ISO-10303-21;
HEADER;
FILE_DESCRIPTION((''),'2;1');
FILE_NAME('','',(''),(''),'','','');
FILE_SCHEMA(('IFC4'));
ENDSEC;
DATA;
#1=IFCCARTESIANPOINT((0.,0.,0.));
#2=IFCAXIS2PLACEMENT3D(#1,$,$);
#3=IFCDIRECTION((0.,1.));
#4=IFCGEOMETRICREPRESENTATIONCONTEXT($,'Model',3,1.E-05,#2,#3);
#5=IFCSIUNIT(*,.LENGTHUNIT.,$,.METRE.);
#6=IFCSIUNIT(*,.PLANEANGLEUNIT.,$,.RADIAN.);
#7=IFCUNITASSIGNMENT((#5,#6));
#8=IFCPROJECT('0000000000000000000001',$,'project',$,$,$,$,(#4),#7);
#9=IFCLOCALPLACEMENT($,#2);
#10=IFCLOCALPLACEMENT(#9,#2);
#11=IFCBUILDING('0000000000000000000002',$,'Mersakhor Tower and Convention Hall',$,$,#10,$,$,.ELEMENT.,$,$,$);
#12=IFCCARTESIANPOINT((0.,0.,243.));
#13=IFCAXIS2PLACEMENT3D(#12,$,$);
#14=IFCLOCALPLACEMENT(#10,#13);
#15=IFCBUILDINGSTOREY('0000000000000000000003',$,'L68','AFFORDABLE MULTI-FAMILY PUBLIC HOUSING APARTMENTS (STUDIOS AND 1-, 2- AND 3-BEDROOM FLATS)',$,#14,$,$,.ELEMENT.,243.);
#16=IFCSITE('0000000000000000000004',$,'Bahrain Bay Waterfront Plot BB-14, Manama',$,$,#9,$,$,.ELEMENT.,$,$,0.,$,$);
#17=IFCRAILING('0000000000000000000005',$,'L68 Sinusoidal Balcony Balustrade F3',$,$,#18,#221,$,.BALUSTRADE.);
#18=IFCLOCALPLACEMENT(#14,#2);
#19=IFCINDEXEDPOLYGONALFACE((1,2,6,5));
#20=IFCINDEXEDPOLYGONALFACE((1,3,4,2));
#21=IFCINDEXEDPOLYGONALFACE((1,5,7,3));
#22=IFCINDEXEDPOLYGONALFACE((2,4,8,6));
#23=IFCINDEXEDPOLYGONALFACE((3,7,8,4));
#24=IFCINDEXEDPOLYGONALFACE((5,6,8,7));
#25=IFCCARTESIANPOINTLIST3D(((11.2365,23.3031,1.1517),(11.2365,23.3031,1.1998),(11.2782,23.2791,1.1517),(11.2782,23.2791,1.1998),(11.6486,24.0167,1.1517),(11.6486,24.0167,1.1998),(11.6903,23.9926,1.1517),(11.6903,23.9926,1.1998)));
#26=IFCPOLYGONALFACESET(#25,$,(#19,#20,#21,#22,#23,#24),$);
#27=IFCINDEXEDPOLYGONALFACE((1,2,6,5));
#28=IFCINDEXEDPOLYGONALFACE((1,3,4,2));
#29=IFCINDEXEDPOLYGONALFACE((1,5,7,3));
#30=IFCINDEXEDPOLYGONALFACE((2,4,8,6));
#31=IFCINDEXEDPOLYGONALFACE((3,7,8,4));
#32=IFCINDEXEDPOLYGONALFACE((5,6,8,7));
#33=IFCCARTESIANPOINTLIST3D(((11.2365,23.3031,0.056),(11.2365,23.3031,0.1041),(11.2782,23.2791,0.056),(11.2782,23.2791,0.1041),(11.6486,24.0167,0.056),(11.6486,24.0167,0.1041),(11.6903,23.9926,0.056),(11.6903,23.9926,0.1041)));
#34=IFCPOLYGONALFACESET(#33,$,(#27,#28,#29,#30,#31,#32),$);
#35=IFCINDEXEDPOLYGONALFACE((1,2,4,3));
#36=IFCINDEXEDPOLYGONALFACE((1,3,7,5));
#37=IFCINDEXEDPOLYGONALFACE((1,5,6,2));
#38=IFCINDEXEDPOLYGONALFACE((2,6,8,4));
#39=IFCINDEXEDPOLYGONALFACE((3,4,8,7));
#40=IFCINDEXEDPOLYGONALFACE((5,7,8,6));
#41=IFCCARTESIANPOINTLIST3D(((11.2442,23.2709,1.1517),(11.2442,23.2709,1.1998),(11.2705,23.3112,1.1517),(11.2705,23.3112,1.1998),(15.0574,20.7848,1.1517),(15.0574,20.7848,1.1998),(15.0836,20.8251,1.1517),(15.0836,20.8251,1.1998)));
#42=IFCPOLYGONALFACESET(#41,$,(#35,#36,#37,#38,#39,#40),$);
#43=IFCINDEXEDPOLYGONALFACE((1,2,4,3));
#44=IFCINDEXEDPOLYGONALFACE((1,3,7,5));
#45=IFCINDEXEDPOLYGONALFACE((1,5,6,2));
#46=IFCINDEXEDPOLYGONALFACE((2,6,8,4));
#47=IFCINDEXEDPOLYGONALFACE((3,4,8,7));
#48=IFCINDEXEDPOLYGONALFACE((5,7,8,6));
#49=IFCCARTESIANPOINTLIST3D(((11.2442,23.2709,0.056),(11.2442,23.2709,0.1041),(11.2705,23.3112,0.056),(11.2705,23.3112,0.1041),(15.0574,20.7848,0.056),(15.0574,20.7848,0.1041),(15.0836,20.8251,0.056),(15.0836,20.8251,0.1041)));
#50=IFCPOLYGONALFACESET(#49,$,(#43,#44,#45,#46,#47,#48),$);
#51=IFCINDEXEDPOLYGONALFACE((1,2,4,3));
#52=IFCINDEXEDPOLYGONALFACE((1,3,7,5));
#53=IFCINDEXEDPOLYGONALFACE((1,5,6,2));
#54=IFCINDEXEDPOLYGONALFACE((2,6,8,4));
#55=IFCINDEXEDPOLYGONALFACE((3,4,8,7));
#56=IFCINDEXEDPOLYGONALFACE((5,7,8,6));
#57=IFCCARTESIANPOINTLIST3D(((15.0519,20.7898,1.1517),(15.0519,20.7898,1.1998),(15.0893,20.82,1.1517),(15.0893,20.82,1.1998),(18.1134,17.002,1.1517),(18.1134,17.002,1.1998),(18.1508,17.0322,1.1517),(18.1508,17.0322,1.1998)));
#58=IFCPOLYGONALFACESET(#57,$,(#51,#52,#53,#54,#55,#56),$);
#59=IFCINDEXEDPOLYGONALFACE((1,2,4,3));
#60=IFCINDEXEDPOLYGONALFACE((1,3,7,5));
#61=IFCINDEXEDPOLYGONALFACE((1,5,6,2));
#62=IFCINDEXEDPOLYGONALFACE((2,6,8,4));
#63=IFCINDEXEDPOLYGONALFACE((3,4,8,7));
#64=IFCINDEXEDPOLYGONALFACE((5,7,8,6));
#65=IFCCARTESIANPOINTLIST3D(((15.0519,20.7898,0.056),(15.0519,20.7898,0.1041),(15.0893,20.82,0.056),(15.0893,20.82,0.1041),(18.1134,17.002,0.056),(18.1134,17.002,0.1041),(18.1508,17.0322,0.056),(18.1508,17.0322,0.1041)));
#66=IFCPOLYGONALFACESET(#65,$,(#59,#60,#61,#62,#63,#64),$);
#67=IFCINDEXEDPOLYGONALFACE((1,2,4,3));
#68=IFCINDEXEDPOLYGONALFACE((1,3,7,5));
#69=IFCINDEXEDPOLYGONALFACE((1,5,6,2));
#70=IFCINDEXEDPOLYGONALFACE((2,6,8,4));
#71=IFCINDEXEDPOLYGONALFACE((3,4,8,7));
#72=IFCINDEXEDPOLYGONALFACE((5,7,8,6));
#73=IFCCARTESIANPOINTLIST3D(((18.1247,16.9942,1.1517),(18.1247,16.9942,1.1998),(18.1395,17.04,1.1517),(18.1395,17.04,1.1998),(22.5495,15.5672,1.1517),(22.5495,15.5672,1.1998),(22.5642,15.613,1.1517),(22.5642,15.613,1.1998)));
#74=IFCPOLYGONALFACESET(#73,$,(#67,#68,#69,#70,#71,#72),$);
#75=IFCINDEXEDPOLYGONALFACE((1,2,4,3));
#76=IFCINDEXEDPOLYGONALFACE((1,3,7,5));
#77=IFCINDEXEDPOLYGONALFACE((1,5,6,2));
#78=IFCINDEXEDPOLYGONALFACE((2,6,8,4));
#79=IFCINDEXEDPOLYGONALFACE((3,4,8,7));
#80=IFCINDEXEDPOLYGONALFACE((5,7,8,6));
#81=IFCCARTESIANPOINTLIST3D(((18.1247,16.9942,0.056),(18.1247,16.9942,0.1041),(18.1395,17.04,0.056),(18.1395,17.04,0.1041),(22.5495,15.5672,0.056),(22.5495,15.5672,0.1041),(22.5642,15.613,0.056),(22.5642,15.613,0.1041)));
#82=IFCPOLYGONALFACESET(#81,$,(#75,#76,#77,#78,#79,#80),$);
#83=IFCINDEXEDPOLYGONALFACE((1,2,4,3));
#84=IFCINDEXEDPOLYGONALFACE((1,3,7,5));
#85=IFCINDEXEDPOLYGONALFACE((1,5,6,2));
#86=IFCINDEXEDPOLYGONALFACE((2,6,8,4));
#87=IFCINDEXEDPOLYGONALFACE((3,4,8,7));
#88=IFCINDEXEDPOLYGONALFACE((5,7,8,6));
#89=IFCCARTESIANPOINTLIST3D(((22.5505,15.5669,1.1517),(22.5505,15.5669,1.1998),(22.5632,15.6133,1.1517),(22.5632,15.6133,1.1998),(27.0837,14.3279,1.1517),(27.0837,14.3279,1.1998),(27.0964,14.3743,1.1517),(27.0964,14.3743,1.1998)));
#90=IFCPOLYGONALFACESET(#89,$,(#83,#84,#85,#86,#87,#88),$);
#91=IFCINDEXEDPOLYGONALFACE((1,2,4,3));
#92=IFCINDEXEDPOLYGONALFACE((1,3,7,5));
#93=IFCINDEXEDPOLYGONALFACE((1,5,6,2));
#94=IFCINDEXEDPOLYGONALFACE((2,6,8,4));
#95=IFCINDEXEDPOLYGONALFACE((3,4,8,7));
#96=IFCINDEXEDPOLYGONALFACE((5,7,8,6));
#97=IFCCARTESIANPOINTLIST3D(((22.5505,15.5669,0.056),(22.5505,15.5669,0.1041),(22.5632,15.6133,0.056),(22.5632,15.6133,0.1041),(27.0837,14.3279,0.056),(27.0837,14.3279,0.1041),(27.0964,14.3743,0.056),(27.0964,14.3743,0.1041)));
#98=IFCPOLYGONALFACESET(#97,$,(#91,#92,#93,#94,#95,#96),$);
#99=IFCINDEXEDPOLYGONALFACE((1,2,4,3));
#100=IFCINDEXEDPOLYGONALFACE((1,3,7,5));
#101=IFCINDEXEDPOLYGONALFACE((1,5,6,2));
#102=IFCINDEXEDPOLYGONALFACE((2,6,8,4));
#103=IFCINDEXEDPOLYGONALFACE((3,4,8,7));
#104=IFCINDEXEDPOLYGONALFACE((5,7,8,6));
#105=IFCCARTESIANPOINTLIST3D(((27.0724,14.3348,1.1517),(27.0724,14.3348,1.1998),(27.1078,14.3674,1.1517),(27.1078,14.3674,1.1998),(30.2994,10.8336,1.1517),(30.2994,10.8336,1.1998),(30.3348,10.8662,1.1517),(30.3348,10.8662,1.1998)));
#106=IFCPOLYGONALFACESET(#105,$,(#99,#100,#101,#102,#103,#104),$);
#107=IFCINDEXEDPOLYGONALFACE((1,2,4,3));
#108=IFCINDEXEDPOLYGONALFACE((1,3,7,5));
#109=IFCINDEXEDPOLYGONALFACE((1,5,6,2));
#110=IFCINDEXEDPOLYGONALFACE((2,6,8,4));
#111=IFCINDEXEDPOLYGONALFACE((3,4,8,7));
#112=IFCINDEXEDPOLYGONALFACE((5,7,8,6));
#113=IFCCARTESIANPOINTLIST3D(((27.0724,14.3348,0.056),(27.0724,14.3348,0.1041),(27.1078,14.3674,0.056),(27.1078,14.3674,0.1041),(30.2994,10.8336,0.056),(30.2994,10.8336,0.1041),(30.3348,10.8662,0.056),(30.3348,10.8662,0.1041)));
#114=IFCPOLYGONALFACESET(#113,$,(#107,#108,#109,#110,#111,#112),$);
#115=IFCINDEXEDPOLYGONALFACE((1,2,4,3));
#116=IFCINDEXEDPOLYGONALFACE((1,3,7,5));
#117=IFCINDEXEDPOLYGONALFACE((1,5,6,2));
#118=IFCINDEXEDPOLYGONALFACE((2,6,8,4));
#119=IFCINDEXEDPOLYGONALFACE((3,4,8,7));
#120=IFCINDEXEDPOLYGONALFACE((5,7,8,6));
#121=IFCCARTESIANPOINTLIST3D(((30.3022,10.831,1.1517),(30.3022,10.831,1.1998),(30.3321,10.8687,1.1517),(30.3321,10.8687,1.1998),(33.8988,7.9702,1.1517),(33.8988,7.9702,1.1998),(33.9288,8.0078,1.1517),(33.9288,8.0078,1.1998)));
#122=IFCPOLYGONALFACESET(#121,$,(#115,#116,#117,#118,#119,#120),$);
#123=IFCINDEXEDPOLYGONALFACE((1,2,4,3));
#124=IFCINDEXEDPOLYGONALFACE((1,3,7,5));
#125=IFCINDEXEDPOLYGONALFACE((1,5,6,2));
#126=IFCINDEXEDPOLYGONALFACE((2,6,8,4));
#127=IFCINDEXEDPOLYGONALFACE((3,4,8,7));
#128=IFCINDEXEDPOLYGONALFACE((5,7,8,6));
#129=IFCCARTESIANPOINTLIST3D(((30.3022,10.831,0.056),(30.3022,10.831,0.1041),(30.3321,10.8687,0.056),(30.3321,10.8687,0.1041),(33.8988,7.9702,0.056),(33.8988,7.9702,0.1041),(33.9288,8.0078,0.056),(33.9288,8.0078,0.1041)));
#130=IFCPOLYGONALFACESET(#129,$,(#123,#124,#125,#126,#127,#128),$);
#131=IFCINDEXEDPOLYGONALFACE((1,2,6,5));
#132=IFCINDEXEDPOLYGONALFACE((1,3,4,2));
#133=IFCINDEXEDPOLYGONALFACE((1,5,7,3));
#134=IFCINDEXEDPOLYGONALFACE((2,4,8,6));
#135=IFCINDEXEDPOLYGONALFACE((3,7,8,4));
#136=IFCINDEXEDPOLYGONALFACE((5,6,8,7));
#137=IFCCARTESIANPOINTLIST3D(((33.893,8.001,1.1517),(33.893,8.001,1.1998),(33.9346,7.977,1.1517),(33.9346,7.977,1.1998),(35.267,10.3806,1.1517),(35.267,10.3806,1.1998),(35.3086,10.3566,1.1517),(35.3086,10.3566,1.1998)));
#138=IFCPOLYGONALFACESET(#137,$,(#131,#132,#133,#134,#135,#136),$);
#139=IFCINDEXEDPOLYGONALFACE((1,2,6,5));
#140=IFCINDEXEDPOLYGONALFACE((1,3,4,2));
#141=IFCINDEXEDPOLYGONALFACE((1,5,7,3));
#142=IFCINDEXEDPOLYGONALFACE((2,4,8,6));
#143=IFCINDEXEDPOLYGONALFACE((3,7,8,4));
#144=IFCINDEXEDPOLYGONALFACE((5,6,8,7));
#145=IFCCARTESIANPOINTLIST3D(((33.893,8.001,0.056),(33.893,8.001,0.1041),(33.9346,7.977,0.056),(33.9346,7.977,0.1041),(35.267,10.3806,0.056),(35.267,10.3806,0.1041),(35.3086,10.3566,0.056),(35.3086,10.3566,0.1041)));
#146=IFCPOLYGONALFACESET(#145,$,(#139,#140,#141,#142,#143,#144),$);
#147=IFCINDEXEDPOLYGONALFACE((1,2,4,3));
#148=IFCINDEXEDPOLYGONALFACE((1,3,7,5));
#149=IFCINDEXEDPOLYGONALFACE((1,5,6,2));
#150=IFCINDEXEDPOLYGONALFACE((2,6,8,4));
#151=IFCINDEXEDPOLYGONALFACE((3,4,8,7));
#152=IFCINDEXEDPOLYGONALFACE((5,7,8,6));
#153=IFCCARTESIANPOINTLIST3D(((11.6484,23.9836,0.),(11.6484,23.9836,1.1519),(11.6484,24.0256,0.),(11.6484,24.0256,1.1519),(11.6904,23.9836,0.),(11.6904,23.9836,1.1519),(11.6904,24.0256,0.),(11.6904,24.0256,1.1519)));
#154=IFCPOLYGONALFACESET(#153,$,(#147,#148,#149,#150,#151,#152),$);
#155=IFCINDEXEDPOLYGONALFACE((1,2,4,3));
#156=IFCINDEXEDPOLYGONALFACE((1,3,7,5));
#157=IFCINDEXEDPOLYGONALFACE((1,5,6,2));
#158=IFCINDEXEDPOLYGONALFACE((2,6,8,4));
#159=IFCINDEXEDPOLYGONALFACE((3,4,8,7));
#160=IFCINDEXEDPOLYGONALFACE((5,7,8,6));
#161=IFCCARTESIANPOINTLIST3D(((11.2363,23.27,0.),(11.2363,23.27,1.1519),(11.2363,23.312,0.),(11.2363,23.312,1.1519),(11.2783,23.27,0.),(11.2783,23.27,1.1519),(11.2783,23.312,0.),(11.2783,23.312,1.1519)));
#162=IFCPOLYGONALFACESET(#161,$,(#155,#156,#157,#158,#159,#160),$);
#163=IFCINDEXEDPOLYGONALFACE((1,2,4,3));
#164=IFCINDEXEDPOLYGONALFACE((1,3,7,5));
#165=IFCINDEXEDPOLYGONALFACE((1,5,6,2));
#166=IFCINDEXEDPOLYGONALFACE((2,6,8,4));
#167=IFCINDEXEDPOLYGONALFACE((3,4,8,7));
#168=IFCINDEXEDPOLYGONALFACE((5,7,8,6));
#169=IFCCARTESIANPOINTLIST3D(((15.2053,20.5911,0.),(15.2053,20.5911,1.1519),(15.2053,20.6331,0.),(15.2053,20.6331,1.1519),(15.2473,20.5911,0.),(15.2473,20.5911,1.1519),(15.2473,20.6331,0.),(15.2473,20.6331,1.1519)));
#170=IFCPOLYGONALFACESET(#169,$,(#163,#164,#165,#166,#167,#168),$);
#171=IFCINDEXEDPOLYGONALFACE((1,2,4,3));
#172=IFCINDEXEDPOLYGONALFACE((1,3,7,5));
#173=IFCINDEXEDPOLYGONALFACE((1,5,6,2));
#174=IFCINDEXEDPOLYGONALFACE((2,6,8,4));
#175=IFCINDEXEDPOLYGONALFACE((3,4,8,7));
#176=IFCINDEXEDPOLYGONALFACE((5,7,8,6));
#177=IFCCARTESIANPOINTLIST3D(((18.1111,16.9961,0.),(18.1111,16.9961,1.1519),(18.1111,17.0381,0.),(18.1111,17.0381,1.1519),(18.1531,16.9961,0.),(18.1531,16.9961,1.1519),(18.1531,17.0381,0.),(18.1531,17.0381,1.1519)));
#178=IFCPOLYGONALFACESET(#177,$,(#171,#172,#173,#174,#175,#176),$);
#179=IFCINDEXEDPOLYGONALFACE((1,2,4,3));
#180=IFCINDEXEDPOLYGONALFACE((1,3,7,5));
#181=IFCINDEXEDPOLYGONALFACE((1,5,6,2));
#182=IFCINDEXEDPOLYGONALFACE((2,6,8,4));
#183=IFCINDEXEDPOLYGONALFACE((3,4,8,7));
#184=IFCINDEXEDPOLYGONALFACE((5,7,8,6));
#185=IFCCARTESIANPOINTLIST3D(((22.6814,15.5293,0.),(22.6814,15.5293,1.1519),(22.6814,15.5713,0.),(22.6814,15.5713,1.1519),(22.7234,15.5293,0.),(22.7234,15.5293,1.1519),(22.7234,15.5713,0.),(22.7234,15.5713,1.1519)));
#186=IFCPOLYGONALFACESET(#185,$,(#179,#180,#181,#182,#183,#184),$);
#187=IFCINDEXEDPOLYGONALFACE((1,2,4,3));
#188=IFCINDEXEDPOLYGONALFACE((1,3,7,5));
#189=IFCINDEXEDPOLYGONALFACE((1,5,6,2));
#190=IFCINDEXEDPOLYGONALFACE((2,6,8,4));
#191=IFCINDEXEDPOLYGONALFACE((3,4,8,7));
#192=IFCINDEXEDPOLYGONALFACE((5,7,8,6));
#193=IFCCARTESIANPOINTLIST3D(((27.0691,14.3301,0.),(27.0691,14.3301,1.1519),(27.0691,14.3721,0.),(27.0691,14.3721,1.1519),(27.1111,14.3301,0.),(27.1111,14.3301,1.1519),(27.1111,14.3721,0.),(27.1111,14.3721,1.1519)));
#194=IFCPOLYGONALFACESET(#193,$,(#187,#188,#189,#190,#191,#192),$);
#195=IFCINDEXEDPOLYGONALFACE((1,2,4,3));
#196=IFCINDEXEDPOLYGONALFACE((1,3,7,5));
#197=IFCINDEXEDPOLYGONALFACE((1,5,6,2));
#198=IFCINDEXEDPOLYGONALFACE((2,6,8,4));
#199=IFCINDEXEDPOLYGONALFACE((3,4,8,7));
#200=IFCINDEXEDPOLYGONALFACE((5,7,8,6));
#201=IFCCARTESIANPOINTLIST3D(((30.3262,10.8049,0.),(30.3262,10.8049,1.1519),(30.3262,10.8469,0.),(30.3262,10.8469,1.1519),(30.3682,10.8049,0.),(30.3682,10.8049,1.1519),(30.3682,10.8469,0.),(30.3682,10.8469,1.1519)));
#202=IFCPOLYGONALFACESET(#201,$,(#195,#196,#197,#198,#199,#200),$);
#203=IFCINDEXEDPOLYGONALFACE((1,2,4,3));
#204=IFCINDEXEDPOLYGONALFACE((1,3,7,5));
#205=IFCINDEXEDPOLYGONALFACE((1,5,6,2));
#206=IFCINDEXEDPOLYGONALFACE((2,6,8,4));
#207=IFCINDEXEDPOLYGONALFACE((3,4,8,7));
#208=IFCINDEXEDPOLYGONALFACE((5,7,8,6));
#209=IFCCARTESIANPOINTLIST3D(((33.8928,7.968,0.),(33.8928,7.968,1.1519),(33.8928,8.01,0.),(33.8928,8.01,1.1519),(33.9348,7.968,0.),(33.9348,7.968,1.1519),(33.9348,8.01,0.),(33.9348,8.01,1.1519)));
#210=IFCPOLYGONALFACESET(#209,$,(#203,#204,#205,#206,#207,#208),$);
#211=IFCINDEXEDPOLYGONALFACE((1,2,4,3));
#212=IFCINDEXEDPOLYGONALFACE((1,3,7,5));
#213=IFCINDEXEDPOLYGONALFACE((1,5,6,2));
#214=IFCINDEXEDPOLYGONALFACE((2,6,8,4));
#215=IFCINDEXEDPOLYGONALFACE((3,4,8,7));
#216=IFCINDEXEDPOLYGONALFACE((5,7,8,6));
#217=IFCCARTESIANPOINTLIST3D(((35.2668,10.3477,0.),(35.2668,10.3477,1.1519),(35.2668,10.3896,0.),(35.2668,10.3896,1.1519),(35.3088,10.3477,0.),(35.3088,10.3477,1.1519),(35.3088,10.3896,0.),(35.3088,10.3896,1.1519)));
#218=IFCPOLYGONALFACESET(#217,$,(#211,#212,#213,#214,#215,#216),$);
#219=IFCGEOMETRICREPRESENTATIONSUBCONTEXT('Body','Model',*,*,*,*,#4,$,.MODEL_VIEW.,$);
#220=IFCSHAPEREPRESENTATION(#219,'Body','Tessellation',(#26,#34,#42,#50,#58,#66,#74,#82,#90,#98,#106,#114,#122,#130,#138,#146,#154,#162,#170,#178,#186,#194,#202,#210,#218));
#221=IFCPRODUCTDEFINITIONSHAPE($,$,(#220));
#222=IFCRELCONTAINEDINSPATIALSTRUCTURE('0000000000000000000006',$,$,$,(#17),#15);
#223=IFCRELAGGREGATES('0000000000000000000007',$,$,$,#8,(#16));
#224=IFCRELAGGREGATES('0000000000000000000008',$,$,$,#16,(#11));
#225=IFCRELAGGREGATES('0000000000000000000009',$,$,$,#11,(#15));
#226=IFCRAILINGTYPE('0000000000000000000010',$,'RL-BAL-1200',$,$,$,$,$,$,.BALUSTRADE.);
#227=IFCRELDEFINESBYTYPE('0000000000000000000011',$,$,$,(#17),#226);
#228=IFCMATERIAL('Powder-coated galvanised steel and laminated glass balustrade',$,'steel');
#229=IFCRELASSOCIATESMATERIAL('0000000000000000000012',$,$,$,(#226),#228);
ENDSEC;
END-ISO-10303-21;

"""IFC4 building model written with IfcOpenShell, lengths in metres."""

from ifc_helpers import new_model, si_unit, direction, frame, origin, origin_2d, place, context, subcontext, project, spatial, rectangle, extrude, material, type_object, element, save


model = new_model("IFC4")

# Units and contexts
model_context = context("Model", 3, precision=1e-05, world=origin(), true_north=direction((0.0, 1.0)))
body_context = subcontext(model_context, "Body", "Model", "MODEL_VIEW")
ifc_project = project(units=[si_unit("LENGTHUNIT", "METRE"), si_unit("PLANEANGLEUNIT", "RADIAN")], contexts=[model_context])

# Site, building, storey
site_placement = place(None, origin())
site = spatial("IfcSite", under=ifc_project, at=site_placement, Name="Bahrain Bay Waterfront Plot BB-14, Manama", CompositionType="ELEMENT", RefElevation=0.0)
building_placement = place(site_placement, origin())
building = spatial("IfcBuilding", under=site, at=building_placement, Name="Mersakhor Tower and Convention Hall", CompositionType="ELEMENT")
storey_placement = place(building_placement, frame((0.0, 0.0, 243.0)))
storey = spatial("IfcBuildingStorey", under=building, at=storey_placement, Name="L68", Description="AFFORDABLE MULTI-FAMILY PUBLIC HOUSING APARTMENTS (STUDIOS AND 1-, 2- AND 3-BEDROOM FLATS)", CompositionType="ELEMENT", Elevation=243.0)

# Railing
ifc_material_1 = material(Name="Powder-coated galvanised steel and laminated glass balustrade", Category="steel")
railing_type = type_object("IfcRailingType", Name="RL-BAL-1200", PredefinedType="BALUSTRADE", material=ifc_material_1)
railing_placement = place(storey_placement, frame((11.6694, 24.0046, 0.0)))
element("IfcRailing", 1, at=railing_placement, inside=storey, type_object=railing_type, Name="L68 Sinusoidal Balcony Balustrade F3", PredefinedType="BALUSTRADE", context=body_context, shape_type="SweptSolid", body=[
    extrude(rectangle(XDim=0.0481, YDim=0.0481, at=origin_2d()), frame((0.0, 0.0, 1.1758), z_axis=(-0.50009, -0.865973, 0.0), x_axis=(0.865973, -0.50009, 0.0)), (0.0, 0.0, 1.0), 0.824),
    extrude(rectangle(XDim=0.0481, YDim=0.0481, at=origin_2d()), frame((0.0, 0.0, 0.0801), z_axis=(-0.50009, -0.865973, 0.0), x_axis=(0.865973, -0.50009, 0.0)), (0.0, 0.0, 1.0), 0.824),
    extrude(rectangle(XDim=0.0481, YDim=0.0481, at=origin_2d()), frame((-0.4121, -0.7136, 1.1758), z_axis=(0.837692, -0.546143, 0.0), x_axis=(0.546143, 0.837692, 0.0)), (0.0, 0.0, 1.0), 4.552),
    extrude(rectangle(XDim=0.0481, YDim=0.0481, at=origin_2d()), frame((-0.4121, -0.7136, 0.0801), z_axis=(0.837692, -0.546143, 0.0), x_axis=(0.546143, 0.837692, 0.0)), (0.0, 0.0, 1.0), 4.552),
    extrude(rectangle(XDim=0.0481, YDim=0.0481, at=origin_2d()), frame((3.4011, -3.1997, 1.1758), z_axis=(0.6286, -0.777729, 0.0), x_axis=(0.777729, 0.6286, 0.0)), (0.0, 0.0, 1.0), 4.8704),
    extrude(rectangle(XDim=0.0481, YDim=0.0481, at=origin_2d()), frame((3.4011, -3.1997, 0.0801), z_axis=(0.6286, -0.777729, 0.0), x_axis=(0.777729, 0.6286, 0.0)), (0.0, 0.0, 1.0), 4.8704),
    extrude(rectangle(XDim=0.0481, YDim=0.0481, at=origin_2d()), frame((6.4626, -6.9875, 1.1758), z_axis=(0.951731, -0.306934, 0.0), x_axis=(0.306934, 0.951731, 0.0)), (0.0, 0.0, 1.0), 4.6492),
    extrude(rectangle(XDim=0.0481, YDim=0.0481, at=origin_2d()), frame((6.4626, -6.9875, 0.0801), z_axis=(0.951731, -0.306934, 0.0), x_axis=(0.306934, 0.951731, 0.0)), (0.0, 0.0, 1.0), 4.6492),
    extrude(rectangle(XDim=0.0481, YDim=0.0481, at=origin_2d()), frame((10.8875, -8.4146, 1.1758), z_axis=(0.964619, -0.263649, 0.0), x_axis=(0.263649, 0.964619, 0.0)), (0.0, 0.0, 1.0), 4.6995),
    extrude(rectangle(XDim=0.0481, YDim=0.0481, at=origin_2d()), frame((10.8875, -8.4146, 0.0801), z_axis=(0.964619, -0.263649, 0.0), x_axis=(0.263649, 0.964619, 0.0)), (0.0, 0.0, 1.0), 4.6995),
    extrude(rectangle(XDim=0.0481, YDim=0.0481, at=origin_2d()), frame((15.4207, -9.6536, 1.1758), z_axis=(0.67773, -0.73531, 0.0), x_axis=(0.73531, 0.67773, 0.0)), (0.0, 0.0, 1.0), 4.7615),
    extrude(rectangle(XDim=0.0481, YDim=0.0481, at=origin_2d()), frame((15.4207, -9.6536, 0.0801), z_axis=(0.67773, -0.73531, 0.0), x_axis=(0.73531, 0.67773, 0.0)), (0.0, 0.0, 1.0), 4.7615),
    extrude(rectangle(XDim=0.0481, YDim=0.0481, at=origin_2d()), frame((18.6477, -13.1548, 1.1758), z_axis=(0.782618, -0.622503, 0.0), x_axis=(0.622503, 0.782618, 0.0)), (0.0, 0.0, 1.0), 4.5957),
    extrude(rectangle(XDim=0.0481, YDim=0.0481, at=origin_2d()), frame((18.6477, -13.1548, 0.0801), z_axis=(0.782618, -0.622503, 0.0), x_axis=(0.622503, 0.782618, 0.0)), (0.0, 0.0, 1.0), 4.5957),
    extrude(rectangle(XDim=0.0481, YDim=0.0481, at=origin_2d()), frame((22.2444, -16.0156, 1.1758), z_axis=(0.500038, 0.866004, 0.0), x_axis=(-0.866004, 0.500038, 0.0)), (0.0, 0.0, 1.0), 2.7478),
    extrude(rectangle(XDim=0.0481, YDim=0.0481, at=origin_2d()), frame((22.2444, -16.0156, 0.0801), z_axis=(0.500038, 0.866004, 0.0), x_axis=(-0.866004, 0.500038, 0.0)), (0.0, 0.0, 1.0), 2.7478),
    extrude(rectangle(XDim=0.042, YDim=0.042, at=origin_2d()), origin(), (0.0, 0.0, 1.0), 1.1519),
    extrude(rectangle(XDim=0.042, YDim=0.042, at=origin_2d()), frame((-0.4121, -0.7136, 0.0)), (0.0, 0.0, 1.0), 1.1519),
    extrude(rectangle(XDim=0.042, YDim=0.042, at=origin_2d()), frame((3.5569, -3.3926, 0.0)), (0.0, 0.0, 1.0), 1.1519),
    extrude(rectangle(XDim=0.042, YDim=0.042, at=origin_2d()), frame((6.4626, -6.9875, 0.0)), (0.0, 0.0, 1.0), 1.1519),
    extrude(rectangle(XDim=0.042, YDim=0.042, at=origin_2d()), frame((11.033, -8.4543, 0.0)), (0.0, 0.0, 1.0), 1.1519),
    extrude(rectangle(XDim=0.042, YDim=0.042, at=origin_2d()), frame((15.4207, -9.6536, 0.0)), (0.0, 0.0, 1.0), 1.1519),
    extrude(rectangle(XDim=0.042, YDim=0.042, at=origin_2d()), frame((18.6777, -13.1787, 0.0)), (0.0, 0.0, 1.0), 1.1519),
    extrude(rectangle(XDim=0.042, YDim=0.042, at=origin_2d()), frame((22.2444, -16.0156, 0.0)), (0.0, 0.0, 1.0), 1.1519),
    extrude(rectangle(XDim=0.042, YDim=0.042, at=origin_2d()), frame((23.6184, -13.636, 0.0)), (0.0, 0.0, 1.0), 1.1519),
])

save(model, "model.ifc")
